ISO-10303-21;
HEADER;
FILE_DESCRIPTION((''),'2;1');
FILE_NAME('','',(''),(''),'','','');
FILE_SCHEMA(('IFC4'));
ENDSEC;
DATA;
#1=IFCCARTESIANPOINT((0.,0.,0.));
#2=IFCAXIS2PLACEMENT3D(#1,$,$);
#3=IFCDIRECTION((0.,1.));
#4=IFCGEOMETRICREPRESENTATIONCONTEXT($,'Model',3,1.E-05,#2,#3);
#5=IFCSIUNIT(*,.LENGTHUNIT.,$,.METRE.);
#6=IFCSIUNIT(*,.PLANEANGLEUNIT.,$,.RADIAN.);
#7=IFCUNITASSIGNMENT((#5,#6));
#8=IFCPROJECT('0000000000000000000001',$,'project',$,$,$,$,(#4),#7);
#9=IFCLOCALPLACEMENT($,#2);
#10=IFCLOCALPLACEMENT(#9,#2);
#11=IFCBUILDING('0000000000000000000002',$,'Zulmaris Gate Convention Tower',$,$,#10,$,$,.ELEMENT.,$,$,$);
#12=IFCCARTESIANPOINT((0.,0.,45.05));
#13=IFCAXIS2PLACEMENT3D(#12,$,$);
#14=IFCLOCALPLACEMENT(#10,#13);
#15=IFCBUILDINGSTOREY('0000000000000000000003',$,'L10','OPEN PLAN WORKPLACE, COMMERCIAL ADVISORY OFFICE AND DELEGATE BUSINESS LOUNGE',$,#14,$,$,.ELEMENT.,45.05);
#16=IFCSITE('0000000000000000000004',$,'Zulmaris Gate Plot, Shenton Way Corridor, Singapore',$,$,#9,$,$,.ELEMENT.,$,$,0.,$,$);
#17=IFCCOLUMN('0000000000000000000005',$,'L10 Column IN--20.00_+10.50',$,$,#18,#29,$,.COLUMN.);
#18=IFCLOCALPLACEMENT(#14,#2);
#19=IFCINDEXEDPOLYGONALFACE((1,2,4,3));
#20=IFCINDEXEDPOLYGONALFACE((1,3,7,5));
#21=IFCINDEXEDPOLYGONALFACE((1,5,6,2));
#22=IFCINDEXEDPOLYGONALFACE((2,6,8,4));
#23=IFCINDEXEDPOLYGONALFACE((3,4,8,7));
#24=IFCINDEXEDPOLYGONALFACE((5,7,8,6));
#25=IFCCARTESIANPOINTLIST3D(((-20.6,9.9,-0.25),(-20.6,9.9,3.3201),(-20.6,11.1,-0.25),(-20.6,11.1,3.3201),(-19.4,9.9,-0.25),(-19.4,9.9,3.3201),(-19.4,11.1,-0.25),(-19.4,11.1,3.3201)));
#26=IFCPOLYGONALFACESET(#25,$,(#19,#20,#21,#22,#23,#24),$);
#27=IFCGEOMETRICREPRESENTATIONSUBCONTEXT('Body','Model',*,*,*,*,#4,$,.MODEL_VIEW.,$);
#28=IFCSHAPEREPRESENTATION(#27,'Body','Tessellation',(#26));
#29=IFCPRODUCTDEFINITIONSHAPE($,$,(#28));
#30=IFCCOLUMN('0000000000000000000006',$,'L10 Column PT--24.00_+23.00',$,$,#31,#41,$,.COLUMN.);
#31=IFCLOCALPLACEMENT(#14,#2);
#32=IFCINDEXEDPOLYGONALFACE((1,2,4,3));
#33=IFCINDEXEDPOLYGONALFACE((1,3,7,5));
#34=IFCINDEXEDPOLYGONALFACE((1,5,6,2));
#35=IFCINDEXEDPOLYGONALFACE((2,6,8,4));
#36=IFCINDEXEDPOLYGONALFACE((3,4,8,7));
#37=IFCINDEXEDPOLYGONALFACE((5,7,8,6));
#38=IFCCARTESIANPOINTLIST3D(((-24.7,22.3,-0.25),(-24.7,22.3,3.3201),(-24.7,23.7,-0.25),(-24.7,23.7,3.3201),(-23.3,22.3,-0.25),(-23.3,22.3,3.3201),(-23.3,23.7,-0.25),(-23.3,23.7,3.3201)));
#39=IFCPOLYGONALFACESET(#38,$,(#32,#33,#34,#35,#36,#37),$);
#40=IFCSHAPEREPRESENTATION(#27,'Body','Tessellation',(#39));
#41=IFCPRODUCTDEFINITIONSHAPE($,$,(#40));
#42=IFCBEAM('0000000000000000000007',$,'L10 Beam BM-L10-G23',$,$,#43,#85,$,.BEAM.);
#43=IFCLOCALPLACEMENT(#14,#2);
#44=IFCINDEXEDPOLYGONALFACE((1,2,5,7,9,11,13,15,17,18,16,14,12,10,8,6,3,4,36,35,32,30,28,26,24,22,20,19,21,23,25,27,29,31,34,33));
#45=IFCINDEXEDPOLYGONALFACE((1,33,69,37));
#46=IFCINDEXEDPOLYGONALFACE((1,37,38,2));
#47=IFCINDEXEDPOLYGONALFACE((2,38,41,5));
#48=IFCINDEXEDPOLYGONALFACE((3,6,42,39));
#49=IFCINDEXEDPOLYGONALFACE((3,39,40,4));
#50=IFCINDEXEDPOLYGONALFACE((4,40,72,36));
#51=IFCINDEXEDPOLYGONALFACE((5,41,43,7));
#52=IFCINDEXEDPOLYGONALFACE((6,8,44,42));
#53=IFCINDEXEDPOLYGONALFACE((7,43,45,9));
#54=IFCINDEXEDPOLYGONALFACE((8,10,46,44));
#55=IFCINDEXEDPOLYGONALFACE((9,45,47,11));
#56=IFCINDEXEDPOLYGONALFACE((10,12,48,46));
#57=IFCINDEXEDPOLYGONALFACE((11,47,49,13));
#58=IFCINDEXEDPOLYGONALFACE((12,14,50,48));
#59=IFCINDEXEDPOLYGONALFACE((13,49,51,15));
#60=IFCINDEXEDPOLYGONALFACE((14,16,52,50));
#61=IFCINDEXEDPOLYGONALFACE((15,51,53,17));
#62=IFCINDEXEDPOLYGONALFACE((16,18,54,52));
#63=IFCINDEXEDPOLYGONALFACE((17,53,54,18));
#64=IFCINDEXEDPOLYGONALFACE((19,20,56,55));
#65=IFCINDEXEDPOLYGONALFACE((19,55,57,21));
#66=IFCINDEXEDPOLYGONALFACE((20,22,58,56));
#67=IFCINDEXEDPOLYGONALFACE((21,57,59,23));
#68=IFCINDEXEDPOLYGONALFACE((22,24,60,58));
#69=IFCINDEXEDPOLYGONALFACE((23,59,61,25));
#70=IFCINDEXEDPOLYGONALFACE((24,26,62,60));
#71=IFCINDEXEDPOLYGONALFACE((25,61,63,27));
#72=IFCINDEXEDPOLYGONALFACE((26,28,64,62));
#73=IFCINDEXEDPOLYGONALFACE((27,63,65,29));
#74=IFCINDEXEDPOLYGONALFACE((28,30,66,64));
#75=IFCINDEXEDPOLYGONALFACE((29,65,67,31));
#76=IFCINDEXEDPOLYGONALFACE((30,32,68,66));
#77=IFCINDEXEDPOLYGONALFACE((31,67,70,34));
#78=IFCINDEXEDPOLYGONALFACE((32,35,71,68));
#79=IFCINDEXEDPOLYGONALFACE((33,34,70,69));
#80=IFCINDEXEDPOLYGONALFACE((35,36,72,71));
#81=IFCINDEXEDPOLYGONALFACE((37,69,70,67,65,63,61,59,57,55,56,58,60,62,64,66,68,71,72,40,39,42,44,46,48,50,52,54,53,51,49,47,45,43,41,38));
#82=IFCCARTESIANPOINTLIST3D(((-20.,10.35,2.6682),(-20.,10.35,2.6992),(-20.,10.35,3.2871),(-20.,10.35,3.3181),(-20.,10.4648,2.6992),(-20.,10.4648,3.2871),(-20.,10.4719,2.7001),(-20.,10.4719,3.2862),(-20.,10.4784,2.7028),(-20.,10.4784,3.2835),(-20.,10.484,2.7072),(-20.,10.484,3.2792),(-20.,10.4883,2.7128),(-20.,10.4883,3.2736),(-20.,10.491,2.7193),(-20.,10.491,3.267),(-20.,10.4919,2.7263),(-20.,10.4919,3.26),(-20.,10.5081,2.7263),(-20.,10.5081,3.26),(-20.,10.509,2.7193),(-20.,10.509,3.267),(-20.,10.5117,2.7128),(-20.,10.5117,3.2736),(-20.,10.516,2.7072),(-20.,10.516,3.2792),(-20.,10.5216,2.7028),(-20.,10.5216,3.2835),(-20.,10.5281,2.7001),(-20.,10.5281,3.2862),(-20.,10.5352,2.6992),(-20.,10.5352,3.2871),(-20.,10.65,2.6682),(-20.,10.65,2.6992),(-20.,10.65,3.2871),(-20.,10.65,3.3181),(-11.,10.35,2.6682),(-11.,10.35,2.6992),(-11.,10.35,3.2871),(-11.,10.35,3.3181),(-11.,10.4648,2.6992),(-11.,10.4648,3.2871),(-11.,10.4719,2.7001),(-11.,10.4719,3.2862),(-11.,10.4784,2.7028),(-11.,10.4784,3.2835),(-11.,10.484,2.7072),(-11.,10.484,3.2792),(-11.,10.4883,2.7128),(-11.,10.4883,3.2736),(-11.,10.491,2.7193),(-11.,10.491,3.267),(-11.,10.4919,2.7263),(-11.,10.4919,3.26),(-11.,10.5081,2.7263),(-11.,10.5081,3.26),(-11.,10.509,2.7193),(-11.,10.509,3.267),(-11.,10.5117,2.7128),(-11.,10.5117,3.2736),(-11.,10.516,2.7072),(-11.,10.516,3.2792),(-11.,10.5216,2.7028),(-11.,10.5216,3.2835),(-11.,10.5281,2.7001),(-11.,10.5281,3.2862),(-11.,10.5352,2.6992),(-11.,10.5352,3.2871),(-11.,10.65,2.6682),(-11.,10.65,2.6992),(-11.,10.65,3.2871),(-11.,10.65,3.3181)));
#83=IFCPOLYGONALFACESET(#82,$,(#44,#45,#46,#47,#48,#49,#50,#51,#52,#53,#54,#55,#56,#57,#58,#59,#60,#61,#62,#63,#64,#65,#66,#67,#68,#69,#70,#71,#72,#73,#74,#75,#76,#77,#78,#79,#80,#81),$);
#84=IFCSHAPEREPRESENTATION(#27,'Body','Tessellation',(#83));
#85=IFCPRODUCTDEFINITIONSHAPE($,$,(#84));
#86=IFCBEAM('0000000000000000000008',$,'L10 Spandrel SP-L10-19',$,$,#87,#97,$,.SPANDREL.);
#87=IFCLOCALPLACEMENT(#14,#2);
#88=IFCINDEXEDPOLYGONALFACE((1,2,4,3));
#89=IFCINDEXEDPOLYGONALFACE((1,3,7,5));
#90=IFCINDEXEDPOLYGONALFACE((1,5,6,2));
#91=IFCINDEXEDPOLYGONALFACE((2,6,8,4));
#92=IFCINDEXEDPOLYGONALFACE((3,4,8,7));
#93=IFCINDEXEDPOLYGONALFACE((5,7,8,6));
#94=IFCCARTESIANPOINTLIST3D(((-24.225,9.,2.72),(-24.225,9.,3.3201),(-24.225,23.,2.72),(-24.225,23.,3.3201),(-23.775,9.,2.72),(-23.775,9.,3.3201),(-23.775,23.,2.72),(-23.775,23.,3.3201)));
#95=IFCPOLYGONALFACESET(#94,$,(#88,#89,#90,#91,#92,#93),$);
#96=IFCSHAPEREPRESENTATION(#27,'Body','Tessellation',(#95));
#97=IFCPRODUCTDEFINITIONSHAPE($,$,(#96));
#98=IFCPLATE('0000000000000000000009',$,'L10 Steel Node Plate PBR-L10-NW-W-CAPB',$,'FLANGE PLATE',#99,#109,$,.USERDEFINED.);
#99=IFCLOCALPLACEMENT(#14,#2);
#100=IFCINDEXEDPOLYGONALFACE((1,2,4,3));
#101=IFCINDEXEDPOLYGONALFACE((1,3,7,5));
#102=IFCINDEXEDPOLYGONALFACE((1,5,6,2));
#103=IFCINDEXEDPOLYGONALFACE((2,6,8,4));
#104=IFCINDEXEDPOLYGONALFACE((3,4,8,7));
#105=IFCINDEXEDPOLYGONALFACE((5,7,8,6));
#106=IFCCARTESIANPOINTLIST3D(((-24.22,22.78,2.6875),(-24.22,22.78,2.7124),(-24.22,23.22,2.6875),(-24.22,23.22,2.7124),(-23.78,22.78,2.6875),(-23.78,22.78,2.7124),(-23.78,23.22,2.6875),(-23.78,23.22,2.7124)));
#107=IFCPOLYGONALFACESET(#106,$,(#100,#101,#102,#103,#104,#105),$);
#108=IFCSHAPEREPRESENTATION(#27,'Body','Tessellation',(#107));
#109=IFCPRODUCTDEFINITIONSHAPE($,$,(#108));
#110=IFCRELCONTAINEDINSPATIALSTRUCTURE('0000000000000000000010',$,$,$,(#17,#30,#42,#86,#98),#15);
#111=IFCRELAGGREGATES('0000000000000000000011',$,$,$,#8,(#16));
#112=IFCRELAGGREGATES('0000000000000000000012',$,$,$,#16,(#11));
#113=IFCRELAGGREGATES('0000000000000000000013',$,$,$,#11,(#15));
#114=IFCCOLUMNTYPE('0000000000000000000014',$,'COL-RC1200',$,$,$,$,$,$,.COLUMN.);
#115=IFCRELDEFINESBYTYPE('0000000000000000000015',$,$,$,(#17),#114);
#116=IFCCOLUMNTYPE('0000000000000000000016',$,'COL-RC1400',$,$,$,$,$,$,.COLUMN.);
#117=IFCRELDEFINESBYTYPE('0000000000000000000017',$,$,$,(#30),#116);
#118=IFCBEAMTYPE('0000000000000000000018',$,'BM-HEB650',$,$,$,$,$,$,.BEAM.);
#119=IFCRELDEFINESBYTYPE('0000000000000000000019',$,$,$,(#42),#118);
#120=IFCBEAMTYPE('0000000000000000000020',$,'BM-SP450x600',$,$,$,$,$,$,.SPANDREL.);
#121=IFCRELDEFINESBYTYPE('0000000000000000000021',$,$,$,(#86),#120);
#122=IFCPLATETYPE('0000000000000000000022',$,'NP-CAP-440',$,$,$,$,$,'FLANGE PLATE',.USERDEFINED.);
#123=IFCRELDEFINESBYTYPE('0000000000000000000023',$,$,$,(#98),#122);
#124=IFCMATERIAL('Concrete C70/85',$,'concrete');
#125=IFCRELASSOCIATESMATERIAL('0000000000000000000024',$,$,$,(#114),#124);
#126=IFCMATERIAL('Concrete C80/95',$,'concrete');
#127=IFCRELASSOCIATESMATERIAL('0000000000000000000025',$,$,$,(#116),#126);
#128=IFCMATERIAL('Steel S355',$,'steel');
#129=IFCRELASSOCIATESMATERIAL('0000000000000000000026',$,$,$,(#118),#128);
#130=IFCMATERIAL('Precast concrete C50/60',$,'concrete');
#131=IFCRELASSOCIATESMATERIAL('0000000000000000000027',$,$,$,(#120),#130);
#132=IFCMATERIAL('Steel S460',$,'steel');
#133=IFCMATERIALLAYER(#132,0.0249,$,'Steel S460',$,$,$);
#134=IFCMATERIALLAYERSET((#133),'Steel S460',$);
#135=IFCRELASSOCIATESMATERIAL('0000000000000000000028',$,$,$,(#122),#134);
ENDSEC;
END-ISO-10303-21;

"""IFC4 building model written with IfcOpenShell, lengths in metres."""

from ifc_helpers import new_model, si_unit, direction, frame, origin, origin_2d, place, context, subcontext, project, spatial, rectangle, i_section, extrude, material, layer, layer_set, material_profile, profile_set, type_object, element, save


model = new_model("IFC4")

# Units and contexts
model_context = context("Model", 3, precision=1e-05, world=origin(), true_north=direction((0.0, 1.0)))
body_context = subcontext(model_context, "Body", "Model", "MODEL_VIEW")
ifc_project = project(units=[si_unit("LENGTHUNIT", "METRE"), si_unit("PLANEANGLEUNIT", "RADIAN")], contexts=[model_context])

# Site, building, storey
site_placement = place(None, origin())
site = spatial("IfcSite", under=ifc_project, at=site_placement, Name="Zulmaris Gate Plot, Shenton Way Corridor, Singapore", CompositionType="ELEMENT", RefElevation=0.0)
building_placement = place(site_placement, origin())
building = spatial("IfcBuilding", under=site, at=building_placement, Name="Zulmaris Gate Convention Tower", CompositionType="ELEMENT")
storey_placement = place(building_placement, frame((0.0, 0.0, 45.05)))
storey = spatial("IfcBuildingStorey", under=building, at=storey_placement, Name="L10", Description="OPEN PLAN WORKPLACE, COMMERCIAL ADVISORY OFFICE AND DELEGATE BUSINESS LOUNGE", CompositionType="ELEMENT", Elevation=45.05)

# Columns
ifc_material_1 = material(Name="Concrete C70/85", Category="concrete")
ifc_material_profile_1 = material_profile(ifc_material_1, rectangle(XDim=1.2, YDim=1.2, at=origin_2d()), Name="RC COL 1200x1200")
ifc_profile_set_1 = profile_set([ifc_material_profile_1], Name="Concrete C70/85")
column_type_1 = type_object("IfcColumnType", Name="COL-RC1200", PredefinedType="COLUMN", material=ifc_profile_set_1)
column_1_placement = place(storey_placement, frame((-20.0, 10.5, -0.25), z_axis=(0.0, 0.0, 1.0), x_axis=(1.0, 0.0, 0.0)))
element("IfcColumn", 1, at=column_1_placement, inside=storey, type_object=column_type_1, Name="L10 Column IN--20.00_+10.50", PredefinedType="COLUMN", context=body_context, shape_type="SweptSolid", body=[
    extrude(rectangle(XDim=1.2, YDim=1.2, at=origin_2d()), origin(), (0.0, 0.0, 1.0), 3.5701),
])
ifc_material_2 = material(Name="Concrete C80/95", Category="concrete")
ifc_material_profile_2 = material_profile(ifc_material_2, rectangle(XDim=1.3999, YDim=1.3999, at=origin_2d()), Name="RC COL 1400x1400")
ifc_profile_set_2 = profile_set([ifc_material_profile_2], Name="Concrete C80/95")
column_type_2 = type_object("IfcColumnType", Name="COL-RC1400", PredefinedType="COLUMN", material=ifc_profile_set_2)
column_2_placement = place(storey_placement, frame((-24.0, 23.0, -0.25), z_axis=(0.0, 0.0, 1.0), x_axis=(1.0, 0.0, 0.0)))
element("IfcColumn", 2, at=column_2_placement, inside=storey, type_object=column_type_2, Name="L10 Column PT--24.00_+23.00", PredefinedType="COLUMN", context=body_context, shape_type="SweptSolid", body=[
    extrude(rectangle(XDim=1.3999, YDim=1.3999, at=origin_2d()), origin(), (0.0, 0.0, 1.0), 3.5701),
])

# Beams
ifc_material_3 = material(Name="Steel S355", Category="steel")
ifc_material_profile_3 = material_profile(ifc_material_3, i_section(OverallWidth=0.3, OverallDepth=0.6499, WebThickness=0.0161, FlangeThickness=0.031, FilletRadius=0.0271, at=origin_2d()), Name="HEB 650")
ifc_profile_set_3 = profile_set([ifc_material_profile_3], Name="Steel S355")
beam_type_1 = type_object("IfcBeamType", Name="BM-HEB650", PredefinedType="BEAM", material=ifc_profile_set_3)
beam_1_placement = place(storey_placement, frame((-20.0, 10.5, 2.9932), z_axis=(1.0, 0.0, 0.0), x_axis=(0.0, 1.0, 0.0)))
element("IfcBeam", 3, at=beam_1_placement, inside=storey, type_object=beam_type_1, Name="L10 Beam BM-L10-G23", PredefinedType="BEAM", context=body_context, shape_type="SweptSolid", body=[
    extrude(i_section(OverallWidth=0.3, OverallDepth=0.6499, WebThickness=0.0161, FlangeThickness=0.031, FilletRadius=0.0271, at=origin_2d()), origin(), (0.0, 0.0, 1.0), 9.0),
])
ifc_material_4 = material(Name="Precast concrete C50/60", Category="concrete")
ifc_material_profile_4 = material_profile(ifc_material_4, rectangle(XDim=0.45, YDim=0.6001, at=origin_2d()), Name="RC SPANDREL 450x600")
ifc_profile_set_4 = profile_set([ifc_material_profile_4], Name="Precast concrete C50/60")
beam_type_2 = type_object("IfcBeamType", Name="BM-SP450x600", PredefinedType="SPANDREL", material=ifc_profile_set_4)
beam_2_placement = place(storey_placement, frame((-24.0, 23.0, 3.02), z_axis=(0.0, -1.0, 0.0), x_axis=(1.0, 0.0, 0.0)))
element("IfcBeam", 4, at=beam_2_placement, inside=storey, type_object=beam_type_2, Name="L10 Spandrel SP-L10-19", PredefinedType="SPANDREL", context=body_context, shape_type="SweptSolid", body=[
    extrude(rectangle(XDim=0.45, YDim=0.6001, at=origin_2d()), origin(), (0.0, 0.0, 1.0), 14.0),
])

# Plate
ifc_material_5 = material(Name="Steel S460", Category="steel")
ifc_layer_1 = layer(ifc_material_5, 0.0249, Name="Steel S460")
ifc_layer_set_1 = layer_set([ifc_layer_1], Name="Steel S460")
plate_type = type_object("IfcPlateType", Name="NP-CAP-440", ElementType="FLANGE PLATE", PredefinedType="USERDEFINED", material=ifc_layer_set_1)
plate_placement = place(storey_placement, frame((-24.0, 23.0, 2.6875), z_axis=(0.0, 0.0, 1.0), x_axis=(1.0, 0.0, 0.0)))
element("IfcPlate", 5, at=plate_placement, inside=storey, type_object=plate_type, Name="L10 Steel Node Plate PBR-L10-NW-W-CAPB", ObjectType="FLANGE PLATE", PredefinedType="USERDEFINED", context=body_context, shape_type="SweptSolid", body=[
    extrude(rectangle(XDim=0.4399, YDim=0.4399, at=origin_2d()), origin(), (0.0, 0.0, 1.0), 0.0249),
])

save(model, "model.ifc")
